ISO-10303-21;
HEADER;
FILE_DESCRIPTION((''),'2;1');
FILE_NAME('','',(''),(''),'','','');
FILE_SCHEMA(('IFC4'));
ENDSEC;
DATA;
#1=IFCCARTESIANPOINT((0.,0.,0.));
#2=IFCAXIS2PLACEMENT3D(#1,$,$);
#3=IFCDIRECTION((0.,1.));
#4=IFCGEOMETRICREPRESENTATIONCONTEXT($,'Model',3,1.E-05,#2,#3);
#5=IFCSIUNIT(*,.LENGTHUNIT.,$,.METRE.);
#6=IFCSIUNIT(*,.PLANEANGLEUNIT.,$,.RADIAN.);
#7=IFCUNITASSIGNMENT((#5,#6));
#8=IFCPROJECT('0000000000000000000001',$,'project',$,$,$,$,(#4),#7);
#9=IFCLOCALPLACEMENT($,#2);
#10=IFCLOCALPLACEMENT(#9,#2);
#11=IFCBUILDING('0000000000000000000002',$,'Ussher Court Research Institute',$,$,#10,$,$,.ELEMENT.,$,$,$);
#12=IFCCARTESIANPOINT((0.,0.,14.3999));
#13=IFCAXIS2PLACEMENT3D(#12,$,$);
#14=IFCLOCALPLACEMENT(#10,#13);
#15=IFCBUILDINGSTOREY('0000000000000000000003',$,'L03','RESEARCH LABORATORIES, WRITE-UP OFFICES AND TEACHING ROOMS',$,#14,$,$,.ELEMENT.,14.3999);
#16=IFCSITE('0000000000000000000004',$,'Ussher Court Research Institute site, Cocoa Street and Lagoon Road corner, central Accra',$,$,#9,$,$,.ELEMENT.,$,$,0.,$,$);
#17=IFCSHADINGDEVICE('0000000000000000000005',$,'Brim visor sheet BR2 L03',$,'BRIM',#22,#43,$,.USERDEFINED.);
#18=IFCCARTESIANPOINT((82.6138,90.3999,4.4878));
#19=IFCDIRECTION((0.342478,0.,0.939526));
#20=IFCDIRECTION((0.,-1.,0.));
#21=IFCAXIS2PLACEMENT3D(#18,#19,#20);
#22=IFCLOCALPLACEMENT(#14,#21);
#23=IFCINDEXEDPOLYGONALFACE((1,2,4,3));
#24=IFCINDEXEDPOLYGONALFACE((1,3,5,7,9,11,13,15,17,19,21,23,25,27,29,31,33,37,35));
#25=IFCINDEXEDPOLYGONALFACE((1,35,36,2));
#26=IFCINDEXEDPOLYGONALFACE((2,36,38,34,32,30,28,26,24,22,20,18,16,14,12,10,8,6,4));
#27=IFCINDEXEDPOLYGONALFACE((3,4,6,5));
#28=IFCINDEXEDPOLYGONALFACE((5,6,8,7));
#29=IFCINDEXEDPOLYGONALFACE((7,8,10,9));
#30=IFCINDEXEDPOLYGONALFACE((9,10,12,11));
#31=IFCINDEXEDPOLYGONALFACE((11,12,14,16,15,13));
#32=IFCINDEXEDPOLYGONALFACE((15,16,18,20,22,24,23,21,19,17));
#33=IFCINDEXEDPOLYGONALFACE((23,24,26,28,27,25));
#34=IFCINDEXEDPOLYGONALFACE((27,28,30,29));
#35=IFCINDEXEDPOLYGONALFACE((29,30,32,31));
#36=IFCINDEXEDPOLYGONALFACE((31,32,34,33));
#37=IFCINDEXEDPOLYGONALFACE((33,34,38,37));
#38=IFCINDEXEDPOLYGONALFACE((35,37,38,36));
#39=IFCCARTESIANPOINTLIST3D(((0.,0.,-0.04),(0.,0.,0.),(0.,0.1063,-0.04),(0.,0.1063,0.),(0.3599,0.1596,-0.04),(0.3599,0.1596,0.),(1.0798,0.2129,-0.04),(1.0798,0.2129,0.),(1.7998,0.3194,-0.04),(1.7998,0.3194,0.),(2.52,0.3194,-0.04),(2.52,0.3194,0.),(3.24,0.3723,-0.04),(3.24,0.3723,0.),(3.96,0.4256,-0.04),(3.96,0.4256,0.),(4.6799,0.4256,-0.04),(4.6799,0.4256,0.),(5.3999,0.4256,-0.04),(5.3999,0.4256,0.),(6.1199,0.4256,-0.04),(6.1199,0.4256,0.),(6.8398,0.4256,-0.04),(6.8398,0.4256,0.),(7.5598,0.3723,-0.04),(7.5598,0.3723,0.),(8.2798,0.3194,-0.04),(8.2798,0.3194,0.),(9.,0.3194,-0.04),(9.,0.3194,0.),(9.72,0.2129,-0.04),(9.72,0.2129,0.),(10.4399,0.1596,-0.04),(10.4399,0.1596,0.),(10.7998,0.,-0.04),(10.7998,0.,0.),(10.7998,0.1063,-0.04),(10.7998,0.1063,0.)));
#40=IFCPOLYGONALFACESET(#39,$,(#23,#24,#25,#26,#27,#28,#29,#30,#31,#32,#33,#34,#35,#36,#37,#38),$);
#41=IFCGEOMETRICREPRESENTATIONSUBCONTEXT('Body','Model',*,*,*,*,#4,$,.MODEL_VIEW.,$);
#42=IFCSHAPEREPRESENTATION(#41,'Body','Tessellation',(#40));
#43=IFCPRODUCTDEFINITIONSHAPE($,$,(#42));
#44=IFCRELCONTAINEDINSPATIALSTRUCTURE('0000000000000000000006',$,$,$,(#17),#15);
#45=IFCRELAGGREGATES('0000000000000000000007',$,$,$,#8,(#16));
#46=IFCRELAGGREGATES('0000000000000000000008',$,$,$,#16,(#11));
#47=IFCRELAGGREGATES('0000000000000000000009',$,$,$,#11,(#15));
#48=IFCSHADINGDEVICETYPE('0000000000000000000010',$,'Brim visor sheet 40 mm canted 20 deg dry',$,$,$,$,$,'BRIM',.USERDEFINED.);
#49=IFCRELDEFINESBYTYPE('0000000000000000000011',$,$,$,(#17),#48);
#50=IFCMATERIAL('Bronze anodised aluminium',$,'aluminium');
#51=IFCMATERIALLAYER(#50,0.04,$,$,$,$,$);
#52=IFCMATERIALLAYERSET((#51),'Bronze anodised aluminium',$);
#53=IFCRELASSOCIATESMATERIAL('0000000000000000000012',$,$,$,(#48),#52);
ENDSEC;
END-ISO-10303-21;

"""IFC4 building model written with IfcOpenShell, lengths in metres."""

from ifc_helpers import new_model, si_unit, direction, frame, origin, place, context, subcontext, project, spatial, polyline, outline, extrude, material, layer, layer_set, type_object, element, save


model = new_model("IFC4")

# Units and contexts
model_context = context("Model", 3, precision=1e-05, world=origin(), true_north=direction((0.0, 1.0)))
body_context = subcontext(model_context, "Body", "Model", "MODEL_VIEW")
ifc_project = project(units=[si_unit("LENGTHUNIT", "METRE"), si_unit("PLANEANGLEUNIT", "RADIAN")], contexts=[model_context])

# Site, building, storey
site_placement = place(None, origin())
site = spatial("IfcSite", under=ifc_project, at=site_placement, Name="Ussher Court Research Institute site, Cocoa Street and Lagoon Road corner, central Accra", CompositionType="ELEMENT", RefElevation=0.0)
building_placement = place(site_placement, origin())
building = spatial("IfcBuilding", under=site, at=building_placement, Name="Ussher Court Research Institute", CompositionType="ELEMENT")
storey_placement = place(building_placement, frame((0.0, 0.0, 14.3999)))
storey = spatial("IfcBuildingStorey", under=building, at=storey_placement, Name="L03", Description="RESEARCH LABORATORIES, WRITE-UP OFFICES AND TEACHING ROOMS", CompositionType="ELEMENT", Elevation=14.3999)

# Shading device
ifc_material_1 = material(Name="Bronze anodised aluminium", Category="aluminium")
ifc_layer_1 = layer(ifc_material_1, 0.04)
ifc_layer_set_1 = layer_set([ifc_layer_1], Name="Bronze anodised aluminium")
shading_device_type_1 = type_object("IfcShadingDeviceType", Name="Brim visor sheet 40 mm canted 20 deg dry", ElementType="BRIM", PredefinedType="USERDEFINED", material=ifc_layer_set_1)
shading_device_1_placement = place(storey_placement, frame((82.6138, 90.3999, 4.4878), z_axis=(0.342478, 0.0, 0.939526), x_axis=(0.0, -1.0, 0.0)))
element("IfcShadingDevice", 1, at=shading_device_1_placement, inside=storey, type_object=shading_device_type_1, Name="Brim visor sheet BR2 L03", ObjectType="BRIM", PredefinedType="USERDEFINED", context=body_context, shape_type="SweptSolid", body=[
    extrude(outline(polyline([(0.0, 0.0), (10.7998, 0.0), (10.7998, 0.1063), (10.4399, 0.1596), (9.72, 0.2129), (9.0, 0.3194), (8.2798, 0.3194), (7.5598, 0.3723), (6.8398, 0.4256), (6.1199, 0.4256), (5.3999, 0.4256), (4.6799, 0.4256), (3.96, 0.4256), (3.24, 0.3723), (2.52, 0.3194), (1.7998, 0.3194), (1.0798, 0.2129), (0.3599, 0.1596), (0.0, 0.1063), (0.0, 0.0)])), origin(), (0.0, 0.0, -1.0), 0.04),
])

save(model, "model.ifc")
